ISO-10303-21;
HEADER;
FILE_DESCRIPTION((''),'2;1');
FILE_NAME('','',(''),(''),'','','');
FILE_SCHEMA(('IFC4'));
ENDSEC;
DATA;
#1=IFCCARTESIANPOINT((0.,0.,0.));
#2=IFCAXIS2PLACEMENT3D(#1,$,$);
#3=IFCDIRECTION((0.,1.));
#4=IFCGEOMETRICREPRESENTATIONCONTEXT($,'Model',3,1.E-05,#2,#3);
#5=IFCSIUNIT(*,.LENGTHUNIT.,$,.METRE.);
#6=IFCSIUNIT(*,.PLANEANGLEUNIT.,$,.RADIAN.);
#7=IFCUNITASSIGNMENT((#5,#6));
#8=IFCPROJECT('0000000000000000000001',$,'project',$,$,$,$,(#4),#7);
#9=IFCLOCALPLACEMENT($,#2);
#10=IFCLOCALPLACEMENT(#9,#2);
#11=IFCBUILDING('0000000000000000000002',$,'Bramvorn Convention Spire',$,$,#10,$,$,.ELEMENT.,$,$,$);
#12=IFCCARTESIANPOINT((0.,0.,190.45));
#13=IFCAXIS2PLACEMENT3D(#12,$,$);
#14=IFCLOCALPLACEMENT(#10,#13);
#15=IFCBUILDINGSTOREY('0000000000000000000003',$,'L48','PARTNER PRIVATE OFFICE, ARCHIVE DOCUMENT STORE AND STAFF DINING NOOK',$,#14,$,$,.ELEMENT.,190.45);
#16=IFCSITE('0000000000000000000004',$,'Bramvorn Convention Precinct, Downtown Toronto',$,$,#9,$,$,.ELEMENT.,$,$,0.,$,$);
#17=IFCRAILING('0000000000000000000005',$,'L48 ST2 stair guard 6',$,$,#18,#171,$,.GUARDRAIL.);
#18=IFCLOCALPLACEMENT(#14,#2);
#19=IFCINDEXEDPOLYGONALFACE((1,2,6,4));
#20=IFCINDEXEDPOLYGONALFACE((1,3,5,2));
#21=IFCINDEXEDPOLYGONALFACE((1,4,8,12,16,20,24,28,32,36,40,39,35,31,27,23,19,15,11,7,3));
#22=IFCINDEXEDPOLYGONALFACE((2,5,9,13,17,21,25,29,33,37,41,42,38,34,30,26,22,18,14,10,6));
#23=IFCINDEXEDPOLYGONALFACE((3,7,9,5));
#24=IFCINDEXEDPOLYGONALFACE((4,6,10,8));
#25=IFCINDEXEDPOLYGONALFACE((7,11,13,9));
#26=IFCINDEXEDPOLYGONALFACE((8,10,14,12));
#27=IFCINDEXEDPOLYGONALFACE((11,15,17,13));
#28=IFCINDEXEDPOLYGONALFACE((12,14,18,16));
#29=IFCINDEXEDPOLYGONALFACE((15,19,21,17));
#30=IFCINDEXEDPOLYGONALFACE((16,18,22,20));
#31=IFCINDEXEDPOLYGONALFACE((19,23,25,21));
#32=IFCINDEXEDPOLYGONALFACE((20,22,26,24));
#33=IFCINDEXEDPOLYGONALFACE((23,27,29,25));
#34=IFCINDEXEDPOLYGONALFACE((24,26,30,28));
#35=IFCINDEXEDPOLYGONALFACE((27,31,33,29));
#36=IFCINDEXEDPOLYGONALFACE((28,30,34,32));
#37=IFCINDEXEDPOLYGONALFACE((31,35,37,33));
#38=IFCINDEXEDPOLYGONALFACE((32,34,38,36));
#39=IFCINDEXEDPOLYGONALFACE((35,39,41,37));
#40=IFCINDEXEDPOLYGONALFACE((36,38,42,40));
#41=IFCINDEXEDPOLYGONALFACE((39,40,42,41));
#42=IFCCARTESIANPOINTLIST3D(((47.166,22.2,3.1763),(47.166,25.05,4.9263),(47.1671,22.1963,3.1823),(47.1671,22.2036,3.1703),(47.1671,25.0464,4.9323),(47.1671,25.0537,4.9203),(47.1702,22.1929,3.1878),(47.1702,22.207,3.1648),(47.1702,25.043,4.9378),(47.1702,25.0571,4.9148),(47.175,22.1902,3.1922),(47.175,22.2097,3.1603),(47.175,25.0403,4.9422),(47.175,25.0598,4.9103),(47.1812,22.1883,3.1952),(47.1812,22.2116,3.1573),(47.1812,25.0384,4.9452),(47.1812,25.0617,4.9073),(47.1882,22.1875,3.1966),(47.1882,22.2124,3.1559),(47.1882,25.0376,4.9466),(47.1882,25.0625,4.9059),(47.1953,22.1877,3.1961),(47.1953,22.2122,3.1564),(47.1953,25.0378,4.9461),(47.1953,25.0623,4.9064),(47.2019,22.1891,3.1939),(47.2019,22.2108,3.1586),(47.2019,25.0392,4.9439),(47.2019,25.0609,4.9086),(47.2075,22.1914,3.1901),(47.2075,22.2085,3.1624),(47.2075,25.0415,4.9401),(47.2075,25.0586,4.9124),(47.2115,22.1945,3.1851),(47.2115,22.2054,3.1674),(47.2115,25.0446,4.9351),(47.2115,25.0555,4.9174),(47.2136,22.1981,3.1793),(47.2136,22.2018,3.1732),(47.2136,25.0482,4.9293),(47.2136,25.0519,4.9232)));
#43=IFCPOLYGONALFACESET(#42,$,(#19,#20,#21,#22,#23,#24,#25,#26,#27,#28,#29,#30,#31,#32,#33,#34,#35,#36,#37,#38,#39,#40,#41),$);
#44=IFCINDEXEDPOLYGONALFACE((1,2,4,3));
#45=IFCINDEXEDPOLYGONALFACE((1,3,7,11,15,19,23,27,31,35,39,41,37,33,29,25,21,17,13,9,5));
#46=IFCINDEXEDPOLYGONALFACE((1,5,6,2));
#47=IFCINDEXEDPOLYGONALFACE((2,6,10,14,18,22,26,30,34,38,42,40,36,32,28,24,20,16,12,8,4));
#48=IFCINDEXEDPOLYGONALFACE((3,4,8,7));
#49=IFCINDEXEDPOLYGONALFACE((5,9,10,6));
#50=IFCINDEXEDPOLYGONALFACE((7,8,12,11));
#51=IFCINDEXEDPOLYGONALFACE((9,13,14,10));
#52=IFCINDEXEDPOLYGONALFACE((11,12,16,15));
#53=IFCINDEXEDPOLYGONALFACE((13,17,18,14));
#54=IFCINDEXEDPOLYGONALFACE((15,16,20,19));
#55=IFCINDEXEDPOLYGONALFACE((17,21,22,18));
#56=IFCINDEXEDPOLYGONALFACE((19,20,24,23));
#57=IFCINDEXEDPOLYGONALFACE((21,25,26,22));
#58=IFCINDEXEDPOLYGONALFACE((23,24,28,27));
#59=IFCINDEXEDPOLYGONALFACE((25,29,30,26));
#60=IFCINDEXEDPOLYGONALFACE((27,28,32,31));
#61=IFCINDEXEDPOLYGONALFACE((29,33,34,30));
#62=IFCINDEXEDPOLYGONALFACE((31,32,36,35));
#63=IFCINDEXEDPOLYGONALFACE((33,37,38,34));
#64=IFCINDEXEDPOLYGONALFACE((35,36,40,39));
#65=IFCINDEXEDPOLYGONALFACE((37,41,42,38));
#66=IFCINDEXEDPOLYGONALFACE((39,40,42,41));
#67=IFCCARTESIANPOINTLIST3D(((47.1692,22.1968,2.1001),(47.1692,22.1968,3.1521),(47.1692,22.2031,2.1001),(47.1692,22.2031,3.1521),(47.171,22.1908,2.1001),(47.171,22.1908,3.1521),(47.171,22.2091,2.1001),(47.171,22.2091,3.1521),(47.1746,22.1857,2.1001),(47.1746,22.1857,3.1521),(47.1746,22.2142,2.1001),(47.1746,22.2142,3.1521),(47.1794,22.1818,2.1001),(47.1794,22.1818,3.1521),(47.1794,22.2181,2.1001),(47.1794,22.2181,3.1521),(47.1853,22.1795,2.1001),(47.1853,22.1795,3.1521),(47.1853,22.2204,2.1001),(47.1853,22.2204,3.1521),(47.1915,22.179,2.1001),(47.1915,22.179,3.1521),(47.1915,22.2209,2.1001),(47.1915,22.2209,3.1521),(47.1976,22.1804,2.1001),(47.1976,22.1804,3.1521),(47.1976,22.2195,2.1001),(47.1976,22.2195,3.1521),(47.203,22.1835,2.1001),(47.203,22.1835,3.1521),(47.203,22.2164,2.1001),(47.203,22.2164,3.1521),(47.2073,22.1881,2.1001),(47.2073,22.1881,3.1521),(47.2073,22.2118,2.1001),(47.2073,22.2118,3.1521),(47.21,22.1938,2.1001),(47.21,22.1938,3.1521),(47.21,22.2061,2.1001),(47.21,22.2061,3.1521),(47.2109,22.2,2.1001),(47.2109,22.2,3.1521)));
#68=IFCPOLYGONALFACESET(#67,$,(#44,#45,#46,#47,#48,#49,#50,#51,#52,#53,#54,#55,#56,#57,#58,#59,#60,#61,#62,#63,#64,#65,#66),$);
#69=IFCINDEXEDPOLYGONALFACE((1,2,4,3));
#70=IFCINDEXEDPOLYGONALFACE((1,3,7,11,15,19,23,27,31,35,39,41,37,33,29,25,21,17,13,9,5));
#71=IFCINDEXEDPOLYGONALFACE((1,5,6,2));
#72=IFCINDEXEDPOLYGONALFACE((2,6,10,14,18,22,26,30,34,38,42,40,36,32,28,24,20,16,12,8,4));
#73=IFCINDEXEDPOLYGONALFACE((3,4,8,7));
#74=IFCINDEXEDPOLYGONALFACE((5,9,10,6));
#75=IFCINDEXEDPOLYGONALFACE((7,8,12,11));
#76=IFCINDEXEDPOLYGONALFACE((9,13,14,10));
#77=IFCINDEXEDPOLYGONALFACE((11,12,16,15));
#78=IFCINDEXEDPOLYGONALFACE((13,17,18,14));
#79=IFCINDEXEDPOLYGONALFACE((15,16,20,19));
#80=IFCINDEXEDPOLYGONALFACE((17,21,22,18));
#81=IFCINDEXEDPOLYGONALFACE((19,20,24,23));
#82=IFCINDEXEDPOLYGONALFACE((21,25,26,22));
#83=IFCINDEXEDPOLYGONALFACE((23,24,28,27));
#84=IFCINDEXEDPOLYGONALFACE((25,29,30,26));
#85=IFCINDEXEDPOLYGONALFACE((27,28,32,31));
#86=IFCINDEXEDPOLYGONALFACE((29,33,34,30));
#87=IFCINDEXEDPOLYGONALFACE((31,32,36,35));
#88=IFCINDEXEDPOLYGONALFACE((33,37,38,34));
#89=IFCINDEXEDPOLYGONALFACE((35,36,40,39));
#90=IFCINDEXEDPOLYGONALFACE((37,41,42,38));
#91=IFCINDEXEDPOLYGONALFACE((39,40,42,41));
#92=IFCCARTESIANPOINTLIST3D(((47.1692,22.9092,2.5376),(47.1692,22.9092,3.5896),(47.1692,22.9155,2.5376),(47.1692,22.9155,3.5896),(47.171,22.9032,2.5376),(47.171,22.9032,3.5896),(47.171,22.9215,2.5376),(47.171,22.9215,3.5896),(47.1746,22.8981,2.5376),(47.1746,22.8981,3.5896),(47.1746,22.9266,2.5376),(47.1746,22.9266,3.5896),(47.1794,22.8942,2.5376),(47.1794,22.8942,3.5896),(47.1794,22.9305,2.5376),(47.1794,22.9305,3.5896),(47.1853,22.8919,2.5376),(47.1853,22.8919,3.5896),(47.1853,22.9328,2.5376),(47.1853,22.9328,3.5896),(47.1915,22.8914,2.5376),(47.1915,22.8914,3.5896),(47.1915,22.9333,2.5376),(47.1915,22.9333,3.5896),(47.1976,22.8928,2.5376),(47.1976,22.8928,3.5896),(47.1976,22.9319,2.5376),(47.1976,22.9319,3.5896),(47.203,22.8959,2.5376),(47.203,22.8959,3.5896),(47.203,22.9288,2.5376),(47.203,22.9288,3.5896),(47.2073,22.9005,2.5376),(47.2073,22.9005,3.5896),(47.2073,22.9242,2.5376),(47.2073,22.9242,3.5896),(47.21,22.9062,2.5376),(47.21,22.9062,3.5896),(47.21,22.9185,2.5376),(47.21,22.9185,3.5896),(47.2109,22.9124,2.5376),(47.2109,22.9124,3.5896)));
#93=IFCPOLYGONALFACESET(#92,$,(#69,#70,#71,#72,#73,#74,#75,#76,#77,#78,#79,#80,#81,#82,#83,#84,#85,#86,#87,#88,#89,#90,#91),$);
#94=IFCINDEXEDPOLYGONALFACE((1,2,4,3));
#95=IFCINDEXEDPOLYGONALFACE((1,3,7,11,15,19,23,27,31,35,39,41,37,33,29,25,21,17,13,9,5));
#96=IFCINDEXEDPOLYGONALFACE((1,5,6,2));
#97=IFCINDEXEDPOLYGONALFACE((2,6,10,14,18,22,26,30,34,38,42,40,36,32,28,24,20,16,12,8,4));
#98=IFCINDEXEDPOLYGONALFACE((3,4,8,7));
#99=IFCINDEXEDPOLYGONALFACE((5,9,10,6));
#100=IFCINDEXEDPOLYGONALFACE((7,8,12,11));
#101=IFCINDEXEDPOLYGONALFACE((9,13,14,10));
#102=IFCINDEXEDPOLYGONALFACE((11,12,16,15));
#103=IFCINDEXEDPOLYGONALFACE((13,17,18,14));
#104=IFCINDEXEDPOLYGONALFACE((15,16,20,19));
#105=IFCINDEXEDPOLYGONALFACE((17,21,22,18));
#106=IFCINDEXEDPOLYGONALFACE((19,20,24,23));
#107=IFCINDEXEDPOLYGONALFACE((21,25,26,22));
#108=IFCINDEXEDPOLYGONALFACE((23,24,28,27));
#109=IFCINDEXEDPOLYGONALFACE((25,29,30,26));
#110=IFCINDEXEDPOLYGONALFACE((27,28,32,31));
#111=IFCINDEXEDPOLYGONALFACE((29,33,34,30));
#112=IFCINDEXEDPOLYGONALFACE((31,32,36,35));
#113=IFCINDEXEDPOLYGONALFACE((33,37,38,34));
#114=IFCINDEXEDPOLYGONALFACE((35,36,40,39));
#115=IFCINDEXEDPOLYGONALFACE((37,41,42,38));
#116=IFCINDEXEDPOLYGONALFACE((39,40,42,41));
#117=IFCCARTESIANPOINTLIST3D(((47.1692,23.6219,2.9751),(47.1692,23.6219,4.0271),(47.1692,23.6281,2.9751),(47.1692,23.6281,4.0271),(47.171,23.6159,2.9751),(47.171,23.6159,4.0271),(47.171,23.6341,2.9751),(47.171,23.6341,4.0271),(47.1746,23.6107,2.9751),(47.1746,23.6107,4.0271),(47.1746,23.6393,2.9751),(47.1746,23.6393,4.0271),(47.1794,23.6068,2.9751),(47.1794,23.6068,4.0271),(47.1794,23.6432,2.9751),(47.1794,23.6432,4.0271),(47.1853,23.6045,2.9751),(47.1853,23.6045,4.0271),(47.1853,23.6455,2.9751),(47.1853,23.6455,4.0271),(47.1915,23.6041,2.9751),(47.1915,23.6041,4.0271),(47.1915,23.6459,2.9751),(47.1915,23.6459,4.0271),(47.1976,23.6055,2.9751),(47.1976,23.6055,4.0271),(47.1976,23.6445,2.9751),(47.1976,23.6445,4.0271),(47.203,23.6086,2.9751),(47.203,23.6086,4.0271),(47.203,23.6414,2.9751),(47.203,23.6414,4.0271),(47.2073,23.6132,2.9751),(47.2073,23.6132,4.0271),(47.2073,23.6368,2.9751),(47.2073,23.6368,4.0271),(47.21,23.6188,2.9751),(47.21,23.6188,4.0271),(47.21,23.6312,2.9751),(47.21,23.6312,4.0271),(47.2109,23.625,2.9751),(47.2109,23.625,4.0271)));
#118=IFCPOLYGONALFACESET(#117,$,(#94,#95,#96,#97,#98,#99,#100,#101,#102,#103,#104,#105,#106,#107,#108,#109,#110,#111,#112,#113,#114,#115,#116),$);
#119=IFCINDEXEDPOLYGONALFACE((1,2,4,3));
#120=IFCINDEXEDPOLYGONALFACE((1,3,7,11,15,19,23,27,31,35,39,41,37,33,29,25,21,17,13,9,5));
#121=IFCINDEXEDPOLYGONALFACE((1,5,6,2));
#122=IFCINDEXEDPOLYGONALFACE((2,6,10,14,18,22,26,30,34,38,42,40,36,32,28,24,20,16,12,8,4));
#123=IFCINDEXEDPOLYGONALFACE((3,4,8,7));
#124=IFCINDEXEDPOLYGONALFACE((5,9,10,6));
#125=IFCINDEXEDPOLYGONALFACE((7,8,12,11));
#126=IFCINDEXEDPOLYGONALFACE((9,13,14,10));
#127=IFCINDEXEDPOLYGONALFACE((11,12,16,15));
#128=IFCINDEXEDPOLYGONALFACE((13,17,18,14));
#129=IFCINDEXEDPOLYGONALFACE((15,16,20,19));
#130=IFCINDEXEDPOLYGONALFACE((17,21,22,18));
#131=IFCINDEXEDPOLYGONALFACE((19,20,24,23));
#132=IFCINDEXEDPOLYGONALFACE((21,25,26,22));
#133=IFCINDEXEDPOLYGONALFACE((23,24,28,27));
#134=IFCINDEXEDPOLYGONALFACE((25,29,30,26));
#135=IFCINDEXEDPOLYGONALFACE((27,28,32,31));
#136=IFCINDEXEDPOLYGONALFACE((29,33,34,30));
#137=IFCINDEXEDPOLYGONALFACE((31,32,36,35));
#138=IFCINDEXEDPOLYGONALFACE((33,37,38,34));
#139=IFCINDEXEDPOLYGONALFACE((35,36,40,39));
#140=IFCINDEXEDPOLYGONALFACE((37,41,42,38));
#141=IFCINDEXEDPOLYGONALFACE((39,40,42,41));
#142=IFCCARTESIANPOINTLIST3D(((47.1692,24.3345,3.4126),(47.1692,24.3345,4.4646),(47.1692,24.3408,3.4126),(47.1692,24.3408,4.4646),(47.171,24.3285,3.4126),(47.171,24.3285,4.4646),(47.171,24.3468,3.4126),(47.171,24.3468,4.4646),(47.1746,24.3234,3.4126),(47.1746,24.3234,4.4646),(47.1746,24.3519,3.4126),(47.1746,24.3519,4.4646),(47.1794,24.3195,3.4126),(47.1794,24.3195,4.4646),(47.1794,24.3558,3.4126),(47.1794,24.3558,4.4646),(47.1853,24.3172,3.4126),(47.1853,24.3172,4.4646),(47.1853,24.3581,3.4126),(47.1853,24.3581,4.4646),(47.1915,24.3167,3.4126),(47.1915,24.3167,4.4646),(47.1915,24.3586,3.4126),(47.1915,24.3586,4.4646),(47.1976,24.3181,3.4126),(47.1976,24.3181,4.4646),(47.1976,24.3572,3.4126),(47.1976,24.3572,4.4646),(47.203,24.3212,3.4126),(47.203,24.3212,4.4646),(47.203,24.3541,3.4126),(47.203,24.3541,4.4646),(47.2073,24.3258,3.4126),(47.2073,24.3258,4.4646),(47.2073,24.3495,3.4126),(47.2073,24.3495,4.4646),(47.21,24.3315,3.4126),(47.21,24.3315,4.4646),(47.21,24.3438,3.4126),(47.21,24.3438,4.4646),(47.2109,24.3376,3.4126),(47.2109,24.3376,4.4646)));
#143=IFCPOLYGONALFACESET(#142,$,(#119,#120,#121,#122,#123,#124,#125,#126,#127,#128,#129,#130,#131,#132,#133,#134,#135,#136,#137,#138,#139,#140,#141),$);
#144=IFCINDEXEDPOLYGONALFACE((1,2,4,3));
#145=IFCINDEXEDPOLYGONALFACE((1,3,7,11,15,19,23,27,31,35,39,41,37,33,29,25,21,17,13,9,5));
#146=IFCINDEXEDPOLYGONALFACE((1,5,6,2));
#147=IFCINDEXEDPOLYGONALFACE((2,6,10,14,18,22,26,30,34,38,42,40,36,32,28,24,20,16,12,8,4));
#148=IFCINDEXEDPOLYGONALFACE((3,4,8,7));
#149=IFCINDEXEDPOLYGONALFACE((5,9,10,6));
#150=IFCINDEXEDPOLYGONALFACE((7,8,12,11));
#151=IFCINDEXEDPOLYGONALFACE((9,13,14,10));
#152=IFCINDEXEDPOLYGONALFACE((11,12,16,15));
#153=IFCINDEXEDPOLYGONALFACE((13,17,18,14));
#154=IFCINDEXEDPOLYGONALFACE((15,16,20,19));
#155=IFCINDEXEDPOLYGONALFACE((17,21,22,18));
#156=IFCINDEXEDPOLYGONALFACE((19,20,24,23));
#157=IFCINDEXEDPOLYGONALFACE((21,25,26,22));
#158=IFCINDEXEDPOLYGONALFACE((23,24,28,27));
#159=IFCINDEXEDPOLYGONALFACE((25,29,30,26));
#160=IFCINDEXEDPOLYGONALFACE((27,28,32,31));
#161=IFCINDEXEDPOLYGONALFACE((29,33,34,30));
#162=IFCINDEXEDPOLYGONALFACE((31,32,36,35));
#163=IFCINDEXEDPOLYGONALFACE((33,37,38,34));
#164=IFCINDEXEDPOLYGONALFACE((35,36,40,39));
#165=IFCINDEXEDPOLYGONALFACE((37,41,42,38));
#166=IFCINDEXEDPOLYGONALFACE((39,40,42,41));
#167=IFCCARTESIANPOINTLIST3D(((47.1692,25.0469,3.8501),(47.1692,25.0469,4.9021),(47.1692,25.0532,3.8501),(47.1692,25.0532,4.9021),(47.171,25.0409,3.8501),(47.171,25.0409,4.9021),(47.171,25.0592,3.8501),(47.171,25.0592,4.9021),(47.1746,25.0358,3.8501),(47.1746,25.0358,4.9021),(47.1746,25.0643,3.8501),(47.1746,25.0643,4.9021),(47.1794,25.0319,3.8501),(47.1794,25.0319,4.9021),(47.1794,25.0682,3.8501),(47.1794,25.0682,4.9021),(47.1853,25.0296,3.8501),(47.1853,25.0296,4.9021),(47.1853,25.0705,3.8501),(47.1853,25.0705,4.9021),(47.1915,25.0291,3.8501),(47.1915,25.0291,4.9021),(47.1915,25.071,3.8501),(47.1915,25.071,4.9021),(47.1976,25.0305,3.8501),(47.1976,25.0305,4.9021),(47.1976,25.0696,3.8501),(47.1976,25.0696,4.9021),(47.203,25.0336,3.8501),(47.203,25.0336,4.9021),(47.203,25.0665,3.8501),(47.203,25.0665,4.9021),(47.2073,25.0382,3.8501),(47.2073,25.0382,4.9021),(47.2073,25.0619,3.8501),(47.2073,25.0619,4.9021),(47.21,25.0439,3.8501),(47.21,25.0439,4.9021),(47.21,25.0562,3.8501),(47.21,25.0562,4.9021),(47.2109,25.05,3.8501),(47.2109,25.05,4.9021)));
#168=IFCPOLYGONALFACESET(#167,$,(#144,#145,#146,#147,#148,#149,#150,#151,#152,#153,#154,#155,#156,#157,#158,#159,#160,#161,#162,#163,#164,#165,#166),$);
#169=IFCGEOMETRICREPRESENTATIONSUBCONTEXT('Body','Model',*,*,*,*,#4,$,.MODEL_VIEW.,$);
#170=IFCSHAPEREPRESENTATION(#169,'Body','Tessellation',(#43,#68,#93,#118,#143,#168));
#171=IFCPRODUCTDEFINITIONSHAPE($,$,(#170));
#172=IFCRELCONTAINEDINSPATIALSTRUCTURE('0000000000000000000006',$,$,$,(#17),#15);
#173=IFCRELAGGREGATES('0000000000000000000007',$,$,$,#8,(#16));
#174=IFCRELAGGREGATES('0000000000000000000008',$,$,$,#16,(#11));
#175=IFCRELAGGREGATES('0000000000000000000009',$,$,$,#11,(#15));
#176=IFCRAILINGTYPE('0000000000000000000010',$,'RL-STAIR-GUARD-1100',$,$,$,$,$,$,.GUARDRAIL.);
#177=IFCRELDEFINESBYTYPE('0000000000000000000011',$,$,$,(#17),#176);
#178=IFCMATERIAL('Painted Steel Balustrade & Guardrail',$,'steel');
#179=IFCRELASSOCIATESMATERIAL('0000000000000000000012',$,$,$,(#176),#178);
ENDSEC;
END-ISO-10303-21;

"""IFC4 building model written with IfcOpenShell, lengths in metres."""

from ifc_helpers import new_model, si_unit, direction, frame, origin, origin_2d, place, context, subcontext, project, spatial, circle, extrude, material, type_object, element, save


model = new_model("IFC4")

# Units and contexts
model_context = context("Model", 3, precision=1e-05, world=origin(), true_north=direction((0.0, 1.0)))
body_context = subcontext(model_context, "Body", "Model", "MODEL_VIEW")
ifc_project = project(units=[si_unit("LENGTHUNIT", "METRE"), si_unit("PLANEANGLEUNIT", "RADIAN")], contexts=[model_context])

# Site, building, storey
site_placement = place(None, origin())
site = spatial("IfcSite", under=ifc_project, at=site_placement, Name="Bramvorn Convention Precinct, Downtown Toronto", CompositionType="ELEMENT", RefElevation=0.0)
building_placement = place(site_placement, origin())
building = spatial("IfcBuilding", under=site, at=building_placement, Name="Bramvorn Convention Spire", CompositionType="ELEMENT")
storey_placement = place(building_placement, frame((0.0, 0.0, 190.45)))
storey = spatial("IfcBuildingStorey", under=building, at=storey_placement, Name="L48", Description="PARTNER PRIVATE OFFICE, ARCHIVE DOCUMENT STORE AND STAFF DINING NOOK", CompositionType="ELEMENT", Elevation=190.45)

# Railing
ifc_material_1 = material(Name="Painted Steel Balustrade & Guardrail", Category="steel")
railing_type_1 = type_object("IfcRailingType", Name="RL-STAIR-GUARD-1100", PredefinedType="GUARDRAIL", material=ifc_material_1)
railing_1_placement = place(storey_placement, frame((47.1899, 22.2, 2.1001)))
element("IfcRailing", 1, at=railing_1_placement, inside=storey, type_object=railing_type_1, Name="L48 ST2 stair guard 6", PredefinedType="GUARDRAIL", context=body_context, shape_type="SweptSolid", body=[
    extrude(circle(Radius=0.0239, at=origin_2d()), frame((0.0, 0.0, 1.0762), z_axis=(0.0, 0.852179, 0.52325), x_axis=(-1.0, 0.0, 0.0)), (0.0, 0.0, 1.0), 3.3445),
    extrude(circle(Radius=0.021, at=origin_2d()), origin(), (0.0, 0.0, 1.0), 1.052),
    extrude(circle(Radius=0.021, at=origin_2d()), frame((0.0, 0.7124, 0.4375)), (0.0, 0.0, 1.0), 1.052),
    extrude(circle(Radius=0.021, at=origin_2d()), frame((0.0, 1.425, 0.875)), (0.0, 0.0, 1.0), 1.052),
    extrude(circle(Radius=0.021, at=origin_2d()), frame((0.0, 2.1377, 1.3125)), (0.0, 0.0, 1.0), 1.052),
    extrude(circle(Radius=0.021, at=origin_2d()), frame((0.0, 2.8501, 1.75)), (0.0, 0.0, 1.0), 1.052),
])

save(model, "model.ifc")
